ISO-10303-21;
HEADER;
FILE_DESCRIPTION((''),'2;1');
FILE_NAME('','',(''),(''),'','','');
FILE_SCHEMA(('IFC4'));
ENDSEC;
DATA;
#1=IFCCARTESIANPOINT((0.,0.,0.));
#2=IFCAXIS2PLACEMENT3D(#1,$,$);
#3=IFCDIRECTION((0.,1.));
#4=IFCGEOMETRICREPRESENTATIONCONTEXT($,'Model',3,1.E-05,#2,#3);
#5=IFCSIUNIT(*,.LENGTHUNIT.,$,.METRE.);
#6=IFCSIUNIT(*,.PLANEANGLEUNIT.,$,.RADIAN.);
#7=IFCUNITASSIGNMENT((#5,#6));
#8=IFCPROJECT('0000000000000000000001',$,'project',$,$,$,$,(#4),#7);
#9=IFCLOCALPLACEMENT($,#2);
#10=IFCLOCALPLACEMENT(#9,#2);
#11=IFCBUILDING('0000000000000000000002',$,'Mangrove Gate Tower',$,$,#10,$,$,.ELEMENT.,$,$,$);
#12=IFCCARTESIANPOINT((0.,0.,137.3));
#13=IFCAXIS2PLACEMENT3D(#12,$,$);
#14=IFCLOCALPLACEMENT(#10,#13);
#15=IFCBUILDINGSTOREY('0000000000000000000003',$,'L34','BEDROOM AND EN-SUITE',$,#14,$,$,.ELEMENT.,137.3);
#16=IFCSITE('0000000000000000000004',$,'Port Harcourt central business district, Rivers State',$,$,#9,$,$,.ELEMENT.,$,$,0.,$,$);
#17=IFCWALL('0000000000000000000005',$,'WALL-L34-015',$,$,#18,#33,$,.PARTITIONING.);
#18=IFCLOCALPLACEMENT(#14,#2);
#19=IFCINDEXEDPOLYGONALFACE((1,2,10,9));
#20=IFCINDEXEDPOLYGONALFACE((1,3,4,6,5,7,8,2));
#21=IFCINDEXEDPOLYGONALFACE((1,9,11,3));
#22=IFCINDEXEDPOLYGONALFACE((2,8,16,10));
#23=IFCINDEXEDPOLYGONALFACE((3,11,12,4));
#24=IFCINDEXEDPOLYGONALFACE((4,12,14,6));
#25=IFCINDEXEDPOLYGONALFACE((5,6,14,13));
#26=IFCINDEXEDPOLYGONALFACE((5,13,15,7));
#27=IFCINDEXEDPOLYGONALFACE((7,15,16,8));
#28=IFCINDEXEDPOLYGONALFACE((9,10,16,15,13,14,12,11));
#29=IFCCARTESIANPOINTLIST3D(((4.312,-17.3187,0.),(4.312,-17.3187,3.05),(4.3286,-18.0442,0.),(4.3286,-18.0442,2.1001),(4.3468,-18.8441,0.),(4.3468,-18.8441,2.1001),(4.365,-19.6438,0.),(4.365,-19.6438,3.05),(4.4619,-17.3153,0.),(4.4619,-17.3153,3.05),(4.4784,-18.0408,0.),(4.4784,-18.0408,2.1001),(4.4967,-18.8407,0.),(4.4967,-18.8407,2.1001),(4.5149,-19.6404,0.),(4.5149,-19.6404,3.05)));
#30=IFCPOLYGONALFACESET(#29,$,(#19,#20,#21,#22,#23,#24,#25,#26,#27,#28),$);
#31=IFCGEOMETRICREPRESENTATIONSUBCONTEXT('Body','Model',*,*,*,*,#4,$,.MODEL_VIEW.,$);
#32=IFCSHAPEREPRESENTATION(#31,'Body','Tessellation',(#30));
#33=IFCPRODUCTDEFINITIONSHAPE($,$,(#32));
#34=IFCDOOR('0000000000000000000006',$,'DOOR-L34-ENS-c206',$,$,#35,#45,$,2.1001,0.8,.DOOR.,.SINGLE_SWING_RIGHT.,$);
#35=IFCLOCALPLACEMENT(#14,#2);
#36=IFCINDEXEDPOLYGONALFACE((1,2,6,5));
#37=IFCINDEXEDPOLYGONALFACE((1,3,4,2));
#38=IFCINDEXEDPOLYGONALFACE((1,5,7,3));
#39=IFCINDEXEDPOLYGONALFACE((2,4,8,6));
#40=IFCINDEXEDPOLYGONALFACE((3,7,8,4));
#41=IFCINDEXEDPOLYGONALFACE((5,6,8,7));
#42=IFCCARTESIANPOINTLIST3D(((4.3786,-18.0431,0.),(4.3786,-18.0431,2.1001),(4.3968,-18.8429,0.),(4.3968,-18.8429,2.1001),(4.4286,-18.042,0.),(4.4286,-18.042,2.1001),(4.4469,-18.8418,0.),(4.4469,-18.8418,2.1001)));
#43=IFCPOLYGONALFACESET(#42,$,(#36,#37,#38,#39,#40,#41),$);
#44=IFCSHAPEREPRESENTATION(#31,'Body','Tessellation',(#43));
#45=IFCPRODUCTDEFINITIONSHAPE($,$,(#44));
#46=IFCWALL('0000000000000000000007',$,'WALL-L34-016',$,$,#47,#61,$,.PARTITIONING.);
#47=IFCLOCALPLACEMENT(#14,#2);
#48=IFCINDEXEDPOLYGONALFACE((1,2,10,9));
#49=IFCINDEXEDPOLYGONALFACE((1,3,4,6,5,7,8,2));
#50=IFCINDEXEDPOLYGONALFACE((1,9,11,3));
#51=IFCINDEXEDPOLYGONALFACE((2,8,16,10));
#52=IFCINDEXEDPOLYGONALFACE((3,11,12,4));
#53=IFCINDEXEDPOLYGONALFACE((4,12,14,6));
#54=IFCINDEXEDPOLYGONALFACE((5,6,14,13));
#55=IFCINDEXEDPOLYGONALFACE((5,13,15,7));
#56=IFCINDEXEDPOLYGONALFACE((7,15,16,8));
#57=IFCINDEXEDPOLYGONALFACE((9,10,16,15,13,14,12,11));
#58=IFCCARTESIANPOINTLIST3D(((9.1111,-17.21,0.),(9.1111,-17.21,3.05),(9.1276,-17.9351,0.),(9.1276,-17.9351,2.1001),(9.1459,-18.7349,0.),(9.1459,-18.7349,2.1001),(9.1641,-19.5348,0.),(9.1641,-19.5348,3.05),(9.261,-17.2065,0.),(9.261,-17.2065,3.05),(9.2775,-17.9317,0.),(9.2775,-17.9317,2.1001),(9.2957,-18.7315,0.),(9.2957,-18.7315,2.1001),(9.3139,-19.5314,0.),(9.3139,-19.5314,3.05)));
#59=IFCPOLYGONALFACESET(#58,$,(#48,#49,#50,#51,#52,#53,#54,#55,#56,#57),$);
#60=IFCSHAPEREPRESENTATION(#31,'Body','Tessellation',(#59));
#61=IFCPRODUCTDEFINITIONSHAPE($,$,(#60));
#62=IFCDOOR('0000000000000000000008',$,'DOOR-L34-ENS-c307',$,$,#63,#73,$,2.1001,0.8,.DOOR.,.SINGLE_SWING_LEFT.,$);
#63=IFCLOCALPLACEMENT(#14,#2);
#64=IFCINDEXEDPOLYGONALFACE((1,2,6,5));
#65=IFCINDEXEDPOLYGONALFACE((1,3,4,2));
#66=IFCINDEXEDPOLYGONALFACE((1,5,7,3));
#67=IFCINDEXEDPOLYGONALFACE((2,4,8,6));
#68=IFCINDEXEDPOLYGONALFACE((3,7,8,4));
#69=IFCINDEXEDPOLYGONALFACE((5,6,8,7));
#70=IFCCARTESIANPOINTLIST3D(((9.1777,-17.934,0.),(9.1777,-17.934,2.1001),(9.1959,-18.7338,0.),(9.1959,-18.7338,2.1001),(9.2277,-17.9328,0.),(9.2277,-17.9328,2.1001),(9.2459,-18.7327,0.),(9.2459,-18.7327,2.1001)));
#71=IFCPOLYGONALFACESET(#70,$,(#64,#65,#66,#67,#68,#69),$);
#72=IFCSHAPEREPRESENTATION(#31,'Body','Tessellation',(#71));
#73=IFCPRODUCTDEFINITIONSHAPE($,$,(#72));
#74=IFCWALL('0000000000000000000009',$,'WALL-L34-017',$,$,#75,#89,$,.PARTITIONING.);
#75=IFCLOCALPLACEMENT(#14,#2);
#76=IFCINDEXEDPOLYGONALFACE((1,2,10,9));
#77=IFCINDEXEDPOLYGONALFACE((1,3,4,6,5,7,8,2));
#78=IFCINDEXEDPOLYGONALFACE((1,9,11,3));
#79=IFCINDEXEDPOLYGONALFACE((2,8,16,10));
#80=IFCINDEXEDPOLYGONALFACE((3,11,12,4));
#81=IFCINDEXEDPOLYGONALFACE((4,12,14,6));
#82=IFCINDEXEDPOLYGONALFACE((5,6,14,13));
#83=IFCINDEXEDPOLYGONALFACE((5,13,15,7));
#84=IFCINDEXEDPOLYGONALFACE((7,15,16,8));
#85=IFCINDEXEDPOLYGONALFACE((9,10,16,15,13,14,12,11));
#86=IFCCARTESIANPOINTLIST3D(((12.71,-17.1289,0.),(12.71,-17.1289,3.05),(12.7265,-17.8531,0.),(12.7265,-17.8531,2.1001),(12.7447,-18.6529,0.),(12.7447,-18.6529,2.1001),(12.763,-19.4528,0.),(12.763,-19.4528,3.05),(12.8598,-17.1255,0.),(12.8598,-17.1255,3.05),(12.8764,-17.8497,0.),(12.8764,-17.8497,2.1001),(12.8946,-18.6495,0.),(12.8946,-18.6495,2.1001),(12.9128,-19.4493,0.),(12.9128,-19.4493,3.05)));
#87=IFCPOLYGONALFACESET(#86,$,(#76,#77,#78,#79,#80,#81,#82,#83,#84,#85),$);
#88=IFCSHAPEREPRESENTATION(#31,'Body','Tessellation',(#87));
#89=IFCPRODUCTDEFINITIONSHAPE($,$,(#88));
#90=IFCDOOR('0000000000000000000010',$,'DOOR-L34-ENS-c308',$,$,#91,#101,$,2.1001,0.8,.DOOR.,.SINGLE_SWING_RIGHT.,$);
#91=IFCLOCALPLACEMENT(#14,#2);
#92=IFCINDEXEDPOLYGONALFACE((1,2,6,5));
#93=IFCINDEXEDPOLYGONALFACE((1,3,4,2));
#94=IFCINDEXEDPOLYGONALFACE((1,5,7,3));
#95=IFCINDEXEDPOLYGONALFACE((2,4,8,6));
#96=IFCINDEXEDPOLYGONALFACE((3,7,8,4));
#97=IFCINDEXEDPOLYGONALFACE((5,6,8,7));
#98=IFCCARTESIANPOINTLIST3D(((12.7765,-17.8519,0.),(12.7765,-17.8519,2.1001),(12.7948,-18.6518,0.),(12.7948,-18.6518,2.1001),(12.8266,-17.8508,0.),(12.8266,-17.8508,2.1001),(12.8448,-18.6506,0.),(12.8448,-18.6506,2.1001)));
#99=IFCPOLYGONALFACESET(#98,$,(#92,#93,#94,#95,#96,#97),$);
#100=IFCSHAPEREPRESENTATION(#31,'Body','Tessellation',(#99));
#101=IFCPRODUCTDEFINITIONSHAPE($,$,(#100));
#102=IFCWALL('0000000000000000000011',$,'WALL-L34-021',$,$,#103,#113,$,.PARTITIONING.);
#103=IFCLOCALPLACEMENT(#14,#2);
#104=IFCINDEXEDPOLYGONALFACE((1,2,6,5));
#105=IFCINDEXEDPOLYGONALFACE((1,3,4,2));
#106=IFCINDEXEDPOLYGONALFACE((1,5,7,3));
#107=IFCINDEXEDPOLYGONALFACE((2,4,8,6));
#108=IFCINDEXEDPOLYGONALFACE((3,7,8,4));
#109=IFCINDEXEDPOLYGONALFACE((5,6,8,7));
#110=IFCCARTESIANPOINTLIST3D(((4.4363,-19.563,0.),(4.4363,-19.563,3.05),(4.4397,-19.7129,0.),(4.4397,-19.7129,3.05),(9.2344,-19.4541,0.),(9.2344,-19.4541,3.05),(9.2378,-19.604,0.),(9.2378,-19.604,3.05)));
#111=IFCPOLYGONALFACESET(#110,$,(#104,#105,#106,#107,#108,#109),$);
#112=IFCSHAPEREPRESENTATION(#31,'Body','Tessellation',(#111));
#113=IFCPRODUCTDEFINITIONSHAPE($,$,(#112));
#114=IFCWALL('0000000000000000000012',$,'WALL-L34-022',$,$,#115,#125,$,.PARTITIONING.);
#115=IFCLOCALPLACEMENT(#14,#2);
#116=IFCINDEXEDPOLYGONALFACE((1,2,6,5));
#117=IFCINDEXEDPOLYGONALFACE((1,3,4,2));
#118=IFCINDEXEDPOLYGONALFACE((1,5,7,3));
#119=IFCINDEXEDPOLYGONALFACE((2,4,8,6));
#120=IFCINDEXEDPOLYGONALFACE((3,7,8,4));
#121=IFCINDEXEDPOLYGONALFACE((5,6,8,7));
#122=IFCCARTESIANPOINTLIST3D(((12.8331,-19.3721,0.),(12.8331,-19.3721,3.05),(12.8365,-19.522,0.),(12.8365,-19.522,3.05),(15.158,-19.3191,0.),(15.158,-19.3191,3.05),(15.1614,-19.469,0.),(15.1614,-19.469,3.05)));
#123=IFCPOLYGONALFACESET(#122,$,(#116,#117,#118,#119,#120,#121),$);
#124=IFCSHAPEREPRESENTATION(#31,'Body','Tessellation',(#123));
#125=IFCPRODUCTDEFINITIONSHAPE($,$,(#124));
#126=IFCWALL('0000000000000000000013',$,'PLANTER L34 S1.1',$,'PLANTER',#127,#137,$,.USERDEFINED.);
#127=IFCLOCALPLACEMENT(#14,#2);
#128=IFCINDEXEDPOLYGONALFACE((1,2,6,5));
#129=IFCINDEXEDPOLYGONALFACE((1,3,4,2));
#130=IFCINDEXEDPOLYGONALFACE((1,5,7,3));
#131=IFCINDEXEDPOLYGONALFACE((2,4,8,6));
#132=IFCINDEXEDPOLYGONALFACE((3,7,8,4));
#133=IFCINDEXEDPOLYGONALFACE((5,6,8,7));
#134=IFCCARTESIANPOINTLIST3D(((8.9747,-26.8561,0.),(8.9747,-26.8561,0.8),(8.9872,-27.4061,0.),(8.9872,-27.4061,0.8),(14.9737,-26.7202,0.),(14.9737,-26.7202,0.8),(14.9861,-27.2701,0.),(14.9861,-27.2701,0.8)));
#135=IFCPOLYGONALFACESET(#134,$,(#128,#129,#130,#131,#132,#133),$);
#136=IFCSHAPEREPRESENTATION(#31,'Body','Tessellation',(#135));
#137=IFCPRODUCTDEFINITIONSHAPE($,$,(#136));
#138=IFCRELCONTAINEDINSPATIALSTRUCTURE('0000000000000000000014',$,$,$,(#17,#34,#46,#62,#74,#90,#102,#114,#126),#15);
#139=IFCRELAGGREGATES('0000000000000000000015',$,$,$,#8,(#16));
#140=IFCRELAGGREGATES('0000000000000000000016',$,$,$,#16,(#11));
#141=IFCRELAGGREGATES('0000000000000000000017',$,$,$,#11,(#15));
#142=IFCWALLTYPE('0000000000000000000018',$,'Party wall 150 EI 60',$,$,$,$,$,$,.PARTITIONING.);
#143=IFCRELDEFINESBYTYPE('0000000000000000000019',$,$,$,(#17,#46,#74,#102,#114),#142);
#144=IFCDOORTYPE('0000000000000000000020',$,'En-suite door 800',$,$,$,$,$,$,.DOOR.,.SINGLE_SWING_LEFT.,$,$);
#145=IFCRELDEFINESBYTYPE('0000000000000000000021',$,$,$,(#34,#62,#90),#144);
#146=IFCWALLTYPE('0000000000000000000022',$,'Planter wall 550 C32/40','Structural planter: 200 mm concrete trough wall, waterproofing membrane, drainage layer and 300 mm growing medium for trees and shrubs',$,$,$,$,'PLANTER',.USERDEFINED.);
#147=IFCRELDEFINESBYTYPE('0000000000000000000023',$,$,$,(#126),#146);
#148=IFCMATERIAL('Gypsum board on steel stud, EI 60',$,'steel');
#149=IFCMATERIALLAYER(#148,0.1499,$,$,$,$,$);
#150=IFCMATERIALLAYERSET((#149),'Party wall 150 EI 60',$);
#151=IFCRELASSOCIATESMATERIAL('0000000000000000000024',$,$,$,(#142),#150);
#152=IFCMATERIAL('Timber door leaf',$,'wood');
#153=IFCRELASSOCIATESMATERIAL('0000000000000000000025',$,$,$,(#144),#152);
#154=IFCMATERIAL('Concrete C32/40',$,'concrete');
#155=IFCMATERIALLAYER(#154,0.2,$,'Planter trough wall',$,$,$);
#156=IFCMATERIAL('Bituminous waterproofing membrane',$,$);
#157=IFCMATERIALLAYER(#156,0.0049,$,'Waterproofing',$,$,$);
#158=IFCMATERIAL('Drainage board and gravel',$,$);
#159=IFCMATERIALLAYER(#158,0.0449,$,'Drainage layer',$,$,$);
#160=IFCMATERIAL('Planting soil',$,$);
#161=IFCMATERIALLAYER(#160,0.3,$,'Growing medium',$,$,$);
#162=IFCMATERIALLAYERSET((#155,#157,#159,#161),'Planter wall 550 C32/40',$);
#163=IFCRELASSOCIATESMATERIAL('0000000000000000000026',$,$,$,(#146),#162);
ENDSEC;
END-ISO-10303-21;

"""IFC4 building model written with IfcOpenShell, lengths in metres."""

from ifc_helpers import new_model, si_unit, direction, frame, frame_2d, origin, place, context, subcontext, project, spatial, rectangle, extrude, material, layer, layer_set, type_object, element, fill, save


model = new_model("IFC4")

# Units and contexts
model_context = context("Model", 3, precision=1e-05, world=origin(), true_north=direction((0.0, 1.0)))
body_context = subcontext(model_context, "Body", "Model", "MODEL_VIEW")
ifc_project = project(units=[si_unit("LENGTHUNIT", "METRE"), si_unit("PLANEANGLEUNIT", "RADIAN")], contexts=[model_context])

# Site, building, storey
site_placement = place(None, origin())
site = spatial("IfcSite", under=ifc_project, at=site_placement, Name="Port Harcourt central business district, Rivers State", CompositionType="ELEMENT", RefElevation=0.0)
building_placement = place(site_placement, origin())
building = spatial("IfcBuilding", under=site, at=building_placement, Name="Mangrove Gate Tower", CompositionType="ELEMENT")
storey_placement = place(building_placement, frame((0.0, 0.0, 137.3)))
storey = spatial("IfcBuildingStorey", under=building, at=storey_placement, Name="L34", Description="BEDROOM AND EN-SUITE", CompositionType="ELEMENT", Elevation=137.3)

# Shared definitions
ifc_material_1 = material(Name="Gypsum board on steel stud, EI 60", Category="steel")
ifc_layer_1 = layer(ifc_material_1, 0.1499)
ifc_layer_set_1 = layer_set([ifc_layer_1], Name="Party wall 150 EI 60")
wall_type_1 = type_object("IfcWallType", Name="Party wall 150 EI 60", PredefinedType="PARTITIONING", material=ifc_layer_set_1)

# Walls, openings, doors
ifc_material_2 = material(Name="Timber door leaf", Category="wood")
door_type_1 = type_object("IfcDoorType", Name="En-suite door 800", OperationType="SINGLE_SWING_LEFT", PredefinedType="DOOR", material=ifc_material_2)
wall_1_placement = place(storey_placement, frame((4.4399, -19.6421, 0.0), z_axis=(0.0, 0.0, 1.0), x_axis=(-0.022779, 0.999741, 0.0)))
wall_1 = element("IfcWall", 1, at=wall_1_placement, inside=storey, type_object=wall_type_1, Name="WALL-L34-015", PredefinedType="PARTITIONING", context=body_context, shape_type="SweptSolid", body=[
    extrude(rectangle(XDim=2.3257, YDim=0.1499, at=frame_2d((1.1628, 0.0))), origin(), (0.0, 0.0, 1.0), 3.05),
])
opening_1_placement = place(wall_1_placement, frame((0.8, 0.0, 0.0)))
opening_1 = element("IfcOpeningElement", 2, at=opening_1_placement, cuts=wall_1, PredefinedType="OPENING", context=body_context, shape_type="SweptSolid", body=[
    extrude(rectangle(XDim=0.8, YDim=2.1001, at=frame_2d((0.3999, 1.05))), frame((0.0, 0.085, 0.0), z_axis=(0.0, -1.0, 0.0), x_axis=(1.0, 0.0, 0.0)), (0.0, 0.0, 1.0), 0.1699),
])
door_1_placement = place(opening_1_placement, origin())
door_1 = element("IfcDoor", 3, at=door_1_placement, inside=storey, type_object=door_type_1, Name="DOOR-L34-ENS-c206", OperationType="SINGLE_SWING_RIGHT", OverallHeight=2.1001, OverallWidth=0.8, PredefinedType="DOOR", context=body_context, shape_type="SweptSolid", body=[
    extrude(rectangle(XDim=0.8, YDim=2.1001, at=frame_2d((0.3999, 1.05))), frame((0.0, 0.0249, 0.0), z_axis=(0.0, -1.0, 0.0), x_axis=(1.0, 0.0, 0.0)), (0.0, 0.0, 1.0), 0.05),
])
fill(opening_1, door_1)
wall_2_placement = place(storey_placement, frame((9.239, -19.533, 0.0), z_axis=(0.0, 0.0, 1.0), x_axis=(-0.022781, 0.99974, 0.0)))
wall_2 = element("IfcWall", 4, at=wall_2_placement, inside=storey, type_object=wall_type_1, Name="WALL-L34-016", PredefinedType="PARTITIONING", context=body_context, shape_type="SweptSolid", body=[
    extrude(rectangle(XDim=2.3254, YDim=0.1499, at=frame_2d((1.1626, 0.0))), origin(), (0.0, 0.0, 1.0), 3.05),
])
opening_2_placement = place(wall_2_placement, frame((0.8, 0.0, 0.0)))
opening_2 = element("IfcOpeningElement", 5, at=opening_2_placement, cuts=wall_2, PredefinedType="OPENING", context=body_context, shape_type="SweptSolid", body=[
    extrude(rectangle(XDim=0.8, YDim=2.1001, at=frame_2d((0.3999, 1.05))), frame((0.0, 0.085, 0.0), z_axis=(0.0, -1.0, 0.0), x_axis=(1.0, 0.0, 0.0)), (0.0, 0.0, 1.0), 0.1699),
])
door_2_placement = place(opening_2_placement, origin())
door_2 = element("IfcDoor", 6, at=door_2_placement, inside=storey, type_object=door_type_1, Name="DOOR-L34-ENS-c307", OperationType="SINGLE_SWING_LEFT", OverallHeight=2.1001, OverallWidth=0.8, PredefinedType="DOOR", context=body_context, shape_type="SweptSolid", body=[
    extrude(rectangle(XDim=0.8, YDim=2.1001, at=frame_2d((0.3999, 1.05))), frame((0.0, 0.0249, 0.0), z_axis=(0.0, -1.0, 0.0), x_axis=(1.0, 0.0, 0.0)), (0.0, 0.0, 1.0), 0.05),
])
fill(opening_2, door_2)
wall_3_placement = place(storey_placement, frame((12.8379, -19.4509, 0.0), z_axis=(0.0, 0.0, 1.0), x_axis=(-0.022791, 0.99974, 0.0)))
wall_3 = element("IfcWall", 7, at=wall_3_placement, inside=storey, type_object=wall_type_1, Name="WALL-L34-017", PredefinedType="PARTITIONING", context=body_context, shape_type="SweptSolid", body=[
    extrude(rectangle(XDim=2.3245, YDim=0.1499, at=frame_2d((1.1621, 0.0))), origin(), (0.0, 0.0, 1.0), 3.05),
])
opening_3_placement = place(wall_3_placement, frame((0.8, 0.0, 0.0)))
opening_3 = element("IfcOpeningElement", 8, at=opening_3_placement, cuts=wall_3, PredefinedType="OPENING", context=body_context, shape_type="SweptSolid", body=[
    extrude(rectangle(XDim=0.8, YDim=2.1001, at=frame_2d((0.3999, 1.05))), frame((0.0, 0.085, 0.0), z_axis=(0.0, -1.0, 0.0), x_axis=(1.0, 0.0, 0.0)), (0.0, 0.0, 1.0), 0.1699),
])
door_3_placement = place(opening_3_placement, origin())
door_3 = element("IfcDoor", 9, at=door_3_placement, inside=storey, type_object=door_type_1, Name="DOOR-L34-ENS-c308", OperationType="SINGLE_SWING_RIGHT", OverallHeight=2.1001, OverallWidth=0.8, PredefinedType="DOOR", context=body_context, shape_type="SweptSolid", body=[
    extrude(rectangle(XDim=0.8, YDim=2.1001, at=frame_2d((0.3999, 1.05))), frame((0.0, 0.0249, 0.0), z_axis=(0.0, -1.0, 0.0), x_axis=(1.0, 0.0, 0.0)), (0.0, 0.0, 1.0), 0.05),
])
fill(opening_3, door_3)

# Walls
wall_4_placement = place(storey_placement, frame((4.438, -19.6379, 0.0), z_axis=(0.0, 0.0, 1.0), x_axis=(0.999743, 0.022688, 0.0)))
element("IfcWall", 10, at=wall_4_placement, inside=storey, type_object=wall_type_1, Name="WALL-L34-021", PredefinedType="PARTITIONING", context=body_context, shape_type="SweptSolid", body=[
    extrude(rectangle(XDim=4.7993, YDim=0.1499, at=frame_2d((2.3997, 0.0))), origin(), (0.0, 0.0, 1.0), 3.05),
])
wall_5_placement = place(storey_placement, frame((12.835, -19.447, 0.0), z_axis=(0.0, 0.0, 1.0), x_axis=(0.99974, 0.022781, 0.0)))
element("IfcWall", 11, at=wall_5_placement, inside=storey, type_object=wall_type_1, Name="WALL-L34-022", PredefinedType="PARTITIONING", context=body_context, shape_type="SweptSolid", body=[
    extrude(rectangle(XDim=2.3254, YDim=0.1499, at=frame_2d((1.1626, 0.0))), origin(), (0.0, 0.0, 1.0), 3.05),
])
ifc_material_3 = material(Name="Concrete C32/40", Category="concrete")
ifc_layer_2 = layer(ifc_material_3, 0.2, Name="Planter trough wall")
ifc_material_4 = material(Name="Bituminous waterproofing membrane")
ifc_layer_3 = layer(ifc_material_4, 0.0049, Name="Waterproofing")
ifc_material_5 = material(Name="Drainage board and gravel")
ifc_layer_4 = layer(ifc_material_5, 0.0449, Name="Drainage layer")
ifc_material_6 = material(Name="Planting soil")
ifc_layer_5 = layer(ifc_material_6, 0.3, Name="Growing medium")
ifc_layer_set_2 = layer_set([ifc_layer_2, ifc_layer_3, ifc_layer_4, ifc_layer_5], Name="Planter wall 550 C32/40")
wall_type_2 = type_object("IfcWallType", Name="Planter wall 550 C32/40", Description="Structural planter: 200 mm concrete trough wall, waterproofing membrane, drainage layer and 300 mm growing medium for trees and shrubs", ElementType="PLANTER", PredefinedType="USERDEFINED", material=ifc_layer_set_2)
wall_6_placement = place(storey_placement, frame((8.981, -27.1311, 0.0), z_axis=(0.0, 0.0, 1.0), x_axis=(0.999743, 0.022662, 0.0)))
element("IfcWall", 12, at=wall_6_placement, inside=storey, type_object=wall_type_2, Name="PLANTER L34 S1.1", ObjectType="PLANTER", PredefinedType="USERDEFINED", context=body_context, shape_type="SweptSolid", body=[
    extrude(rectangle(XDim=6.0005, YDim=0.55, at=frame_2d((3.0002, 0.0))), origin(), (0.0, 0.0, 1.0), 0.8),
])

save(model, "model.ifc")
